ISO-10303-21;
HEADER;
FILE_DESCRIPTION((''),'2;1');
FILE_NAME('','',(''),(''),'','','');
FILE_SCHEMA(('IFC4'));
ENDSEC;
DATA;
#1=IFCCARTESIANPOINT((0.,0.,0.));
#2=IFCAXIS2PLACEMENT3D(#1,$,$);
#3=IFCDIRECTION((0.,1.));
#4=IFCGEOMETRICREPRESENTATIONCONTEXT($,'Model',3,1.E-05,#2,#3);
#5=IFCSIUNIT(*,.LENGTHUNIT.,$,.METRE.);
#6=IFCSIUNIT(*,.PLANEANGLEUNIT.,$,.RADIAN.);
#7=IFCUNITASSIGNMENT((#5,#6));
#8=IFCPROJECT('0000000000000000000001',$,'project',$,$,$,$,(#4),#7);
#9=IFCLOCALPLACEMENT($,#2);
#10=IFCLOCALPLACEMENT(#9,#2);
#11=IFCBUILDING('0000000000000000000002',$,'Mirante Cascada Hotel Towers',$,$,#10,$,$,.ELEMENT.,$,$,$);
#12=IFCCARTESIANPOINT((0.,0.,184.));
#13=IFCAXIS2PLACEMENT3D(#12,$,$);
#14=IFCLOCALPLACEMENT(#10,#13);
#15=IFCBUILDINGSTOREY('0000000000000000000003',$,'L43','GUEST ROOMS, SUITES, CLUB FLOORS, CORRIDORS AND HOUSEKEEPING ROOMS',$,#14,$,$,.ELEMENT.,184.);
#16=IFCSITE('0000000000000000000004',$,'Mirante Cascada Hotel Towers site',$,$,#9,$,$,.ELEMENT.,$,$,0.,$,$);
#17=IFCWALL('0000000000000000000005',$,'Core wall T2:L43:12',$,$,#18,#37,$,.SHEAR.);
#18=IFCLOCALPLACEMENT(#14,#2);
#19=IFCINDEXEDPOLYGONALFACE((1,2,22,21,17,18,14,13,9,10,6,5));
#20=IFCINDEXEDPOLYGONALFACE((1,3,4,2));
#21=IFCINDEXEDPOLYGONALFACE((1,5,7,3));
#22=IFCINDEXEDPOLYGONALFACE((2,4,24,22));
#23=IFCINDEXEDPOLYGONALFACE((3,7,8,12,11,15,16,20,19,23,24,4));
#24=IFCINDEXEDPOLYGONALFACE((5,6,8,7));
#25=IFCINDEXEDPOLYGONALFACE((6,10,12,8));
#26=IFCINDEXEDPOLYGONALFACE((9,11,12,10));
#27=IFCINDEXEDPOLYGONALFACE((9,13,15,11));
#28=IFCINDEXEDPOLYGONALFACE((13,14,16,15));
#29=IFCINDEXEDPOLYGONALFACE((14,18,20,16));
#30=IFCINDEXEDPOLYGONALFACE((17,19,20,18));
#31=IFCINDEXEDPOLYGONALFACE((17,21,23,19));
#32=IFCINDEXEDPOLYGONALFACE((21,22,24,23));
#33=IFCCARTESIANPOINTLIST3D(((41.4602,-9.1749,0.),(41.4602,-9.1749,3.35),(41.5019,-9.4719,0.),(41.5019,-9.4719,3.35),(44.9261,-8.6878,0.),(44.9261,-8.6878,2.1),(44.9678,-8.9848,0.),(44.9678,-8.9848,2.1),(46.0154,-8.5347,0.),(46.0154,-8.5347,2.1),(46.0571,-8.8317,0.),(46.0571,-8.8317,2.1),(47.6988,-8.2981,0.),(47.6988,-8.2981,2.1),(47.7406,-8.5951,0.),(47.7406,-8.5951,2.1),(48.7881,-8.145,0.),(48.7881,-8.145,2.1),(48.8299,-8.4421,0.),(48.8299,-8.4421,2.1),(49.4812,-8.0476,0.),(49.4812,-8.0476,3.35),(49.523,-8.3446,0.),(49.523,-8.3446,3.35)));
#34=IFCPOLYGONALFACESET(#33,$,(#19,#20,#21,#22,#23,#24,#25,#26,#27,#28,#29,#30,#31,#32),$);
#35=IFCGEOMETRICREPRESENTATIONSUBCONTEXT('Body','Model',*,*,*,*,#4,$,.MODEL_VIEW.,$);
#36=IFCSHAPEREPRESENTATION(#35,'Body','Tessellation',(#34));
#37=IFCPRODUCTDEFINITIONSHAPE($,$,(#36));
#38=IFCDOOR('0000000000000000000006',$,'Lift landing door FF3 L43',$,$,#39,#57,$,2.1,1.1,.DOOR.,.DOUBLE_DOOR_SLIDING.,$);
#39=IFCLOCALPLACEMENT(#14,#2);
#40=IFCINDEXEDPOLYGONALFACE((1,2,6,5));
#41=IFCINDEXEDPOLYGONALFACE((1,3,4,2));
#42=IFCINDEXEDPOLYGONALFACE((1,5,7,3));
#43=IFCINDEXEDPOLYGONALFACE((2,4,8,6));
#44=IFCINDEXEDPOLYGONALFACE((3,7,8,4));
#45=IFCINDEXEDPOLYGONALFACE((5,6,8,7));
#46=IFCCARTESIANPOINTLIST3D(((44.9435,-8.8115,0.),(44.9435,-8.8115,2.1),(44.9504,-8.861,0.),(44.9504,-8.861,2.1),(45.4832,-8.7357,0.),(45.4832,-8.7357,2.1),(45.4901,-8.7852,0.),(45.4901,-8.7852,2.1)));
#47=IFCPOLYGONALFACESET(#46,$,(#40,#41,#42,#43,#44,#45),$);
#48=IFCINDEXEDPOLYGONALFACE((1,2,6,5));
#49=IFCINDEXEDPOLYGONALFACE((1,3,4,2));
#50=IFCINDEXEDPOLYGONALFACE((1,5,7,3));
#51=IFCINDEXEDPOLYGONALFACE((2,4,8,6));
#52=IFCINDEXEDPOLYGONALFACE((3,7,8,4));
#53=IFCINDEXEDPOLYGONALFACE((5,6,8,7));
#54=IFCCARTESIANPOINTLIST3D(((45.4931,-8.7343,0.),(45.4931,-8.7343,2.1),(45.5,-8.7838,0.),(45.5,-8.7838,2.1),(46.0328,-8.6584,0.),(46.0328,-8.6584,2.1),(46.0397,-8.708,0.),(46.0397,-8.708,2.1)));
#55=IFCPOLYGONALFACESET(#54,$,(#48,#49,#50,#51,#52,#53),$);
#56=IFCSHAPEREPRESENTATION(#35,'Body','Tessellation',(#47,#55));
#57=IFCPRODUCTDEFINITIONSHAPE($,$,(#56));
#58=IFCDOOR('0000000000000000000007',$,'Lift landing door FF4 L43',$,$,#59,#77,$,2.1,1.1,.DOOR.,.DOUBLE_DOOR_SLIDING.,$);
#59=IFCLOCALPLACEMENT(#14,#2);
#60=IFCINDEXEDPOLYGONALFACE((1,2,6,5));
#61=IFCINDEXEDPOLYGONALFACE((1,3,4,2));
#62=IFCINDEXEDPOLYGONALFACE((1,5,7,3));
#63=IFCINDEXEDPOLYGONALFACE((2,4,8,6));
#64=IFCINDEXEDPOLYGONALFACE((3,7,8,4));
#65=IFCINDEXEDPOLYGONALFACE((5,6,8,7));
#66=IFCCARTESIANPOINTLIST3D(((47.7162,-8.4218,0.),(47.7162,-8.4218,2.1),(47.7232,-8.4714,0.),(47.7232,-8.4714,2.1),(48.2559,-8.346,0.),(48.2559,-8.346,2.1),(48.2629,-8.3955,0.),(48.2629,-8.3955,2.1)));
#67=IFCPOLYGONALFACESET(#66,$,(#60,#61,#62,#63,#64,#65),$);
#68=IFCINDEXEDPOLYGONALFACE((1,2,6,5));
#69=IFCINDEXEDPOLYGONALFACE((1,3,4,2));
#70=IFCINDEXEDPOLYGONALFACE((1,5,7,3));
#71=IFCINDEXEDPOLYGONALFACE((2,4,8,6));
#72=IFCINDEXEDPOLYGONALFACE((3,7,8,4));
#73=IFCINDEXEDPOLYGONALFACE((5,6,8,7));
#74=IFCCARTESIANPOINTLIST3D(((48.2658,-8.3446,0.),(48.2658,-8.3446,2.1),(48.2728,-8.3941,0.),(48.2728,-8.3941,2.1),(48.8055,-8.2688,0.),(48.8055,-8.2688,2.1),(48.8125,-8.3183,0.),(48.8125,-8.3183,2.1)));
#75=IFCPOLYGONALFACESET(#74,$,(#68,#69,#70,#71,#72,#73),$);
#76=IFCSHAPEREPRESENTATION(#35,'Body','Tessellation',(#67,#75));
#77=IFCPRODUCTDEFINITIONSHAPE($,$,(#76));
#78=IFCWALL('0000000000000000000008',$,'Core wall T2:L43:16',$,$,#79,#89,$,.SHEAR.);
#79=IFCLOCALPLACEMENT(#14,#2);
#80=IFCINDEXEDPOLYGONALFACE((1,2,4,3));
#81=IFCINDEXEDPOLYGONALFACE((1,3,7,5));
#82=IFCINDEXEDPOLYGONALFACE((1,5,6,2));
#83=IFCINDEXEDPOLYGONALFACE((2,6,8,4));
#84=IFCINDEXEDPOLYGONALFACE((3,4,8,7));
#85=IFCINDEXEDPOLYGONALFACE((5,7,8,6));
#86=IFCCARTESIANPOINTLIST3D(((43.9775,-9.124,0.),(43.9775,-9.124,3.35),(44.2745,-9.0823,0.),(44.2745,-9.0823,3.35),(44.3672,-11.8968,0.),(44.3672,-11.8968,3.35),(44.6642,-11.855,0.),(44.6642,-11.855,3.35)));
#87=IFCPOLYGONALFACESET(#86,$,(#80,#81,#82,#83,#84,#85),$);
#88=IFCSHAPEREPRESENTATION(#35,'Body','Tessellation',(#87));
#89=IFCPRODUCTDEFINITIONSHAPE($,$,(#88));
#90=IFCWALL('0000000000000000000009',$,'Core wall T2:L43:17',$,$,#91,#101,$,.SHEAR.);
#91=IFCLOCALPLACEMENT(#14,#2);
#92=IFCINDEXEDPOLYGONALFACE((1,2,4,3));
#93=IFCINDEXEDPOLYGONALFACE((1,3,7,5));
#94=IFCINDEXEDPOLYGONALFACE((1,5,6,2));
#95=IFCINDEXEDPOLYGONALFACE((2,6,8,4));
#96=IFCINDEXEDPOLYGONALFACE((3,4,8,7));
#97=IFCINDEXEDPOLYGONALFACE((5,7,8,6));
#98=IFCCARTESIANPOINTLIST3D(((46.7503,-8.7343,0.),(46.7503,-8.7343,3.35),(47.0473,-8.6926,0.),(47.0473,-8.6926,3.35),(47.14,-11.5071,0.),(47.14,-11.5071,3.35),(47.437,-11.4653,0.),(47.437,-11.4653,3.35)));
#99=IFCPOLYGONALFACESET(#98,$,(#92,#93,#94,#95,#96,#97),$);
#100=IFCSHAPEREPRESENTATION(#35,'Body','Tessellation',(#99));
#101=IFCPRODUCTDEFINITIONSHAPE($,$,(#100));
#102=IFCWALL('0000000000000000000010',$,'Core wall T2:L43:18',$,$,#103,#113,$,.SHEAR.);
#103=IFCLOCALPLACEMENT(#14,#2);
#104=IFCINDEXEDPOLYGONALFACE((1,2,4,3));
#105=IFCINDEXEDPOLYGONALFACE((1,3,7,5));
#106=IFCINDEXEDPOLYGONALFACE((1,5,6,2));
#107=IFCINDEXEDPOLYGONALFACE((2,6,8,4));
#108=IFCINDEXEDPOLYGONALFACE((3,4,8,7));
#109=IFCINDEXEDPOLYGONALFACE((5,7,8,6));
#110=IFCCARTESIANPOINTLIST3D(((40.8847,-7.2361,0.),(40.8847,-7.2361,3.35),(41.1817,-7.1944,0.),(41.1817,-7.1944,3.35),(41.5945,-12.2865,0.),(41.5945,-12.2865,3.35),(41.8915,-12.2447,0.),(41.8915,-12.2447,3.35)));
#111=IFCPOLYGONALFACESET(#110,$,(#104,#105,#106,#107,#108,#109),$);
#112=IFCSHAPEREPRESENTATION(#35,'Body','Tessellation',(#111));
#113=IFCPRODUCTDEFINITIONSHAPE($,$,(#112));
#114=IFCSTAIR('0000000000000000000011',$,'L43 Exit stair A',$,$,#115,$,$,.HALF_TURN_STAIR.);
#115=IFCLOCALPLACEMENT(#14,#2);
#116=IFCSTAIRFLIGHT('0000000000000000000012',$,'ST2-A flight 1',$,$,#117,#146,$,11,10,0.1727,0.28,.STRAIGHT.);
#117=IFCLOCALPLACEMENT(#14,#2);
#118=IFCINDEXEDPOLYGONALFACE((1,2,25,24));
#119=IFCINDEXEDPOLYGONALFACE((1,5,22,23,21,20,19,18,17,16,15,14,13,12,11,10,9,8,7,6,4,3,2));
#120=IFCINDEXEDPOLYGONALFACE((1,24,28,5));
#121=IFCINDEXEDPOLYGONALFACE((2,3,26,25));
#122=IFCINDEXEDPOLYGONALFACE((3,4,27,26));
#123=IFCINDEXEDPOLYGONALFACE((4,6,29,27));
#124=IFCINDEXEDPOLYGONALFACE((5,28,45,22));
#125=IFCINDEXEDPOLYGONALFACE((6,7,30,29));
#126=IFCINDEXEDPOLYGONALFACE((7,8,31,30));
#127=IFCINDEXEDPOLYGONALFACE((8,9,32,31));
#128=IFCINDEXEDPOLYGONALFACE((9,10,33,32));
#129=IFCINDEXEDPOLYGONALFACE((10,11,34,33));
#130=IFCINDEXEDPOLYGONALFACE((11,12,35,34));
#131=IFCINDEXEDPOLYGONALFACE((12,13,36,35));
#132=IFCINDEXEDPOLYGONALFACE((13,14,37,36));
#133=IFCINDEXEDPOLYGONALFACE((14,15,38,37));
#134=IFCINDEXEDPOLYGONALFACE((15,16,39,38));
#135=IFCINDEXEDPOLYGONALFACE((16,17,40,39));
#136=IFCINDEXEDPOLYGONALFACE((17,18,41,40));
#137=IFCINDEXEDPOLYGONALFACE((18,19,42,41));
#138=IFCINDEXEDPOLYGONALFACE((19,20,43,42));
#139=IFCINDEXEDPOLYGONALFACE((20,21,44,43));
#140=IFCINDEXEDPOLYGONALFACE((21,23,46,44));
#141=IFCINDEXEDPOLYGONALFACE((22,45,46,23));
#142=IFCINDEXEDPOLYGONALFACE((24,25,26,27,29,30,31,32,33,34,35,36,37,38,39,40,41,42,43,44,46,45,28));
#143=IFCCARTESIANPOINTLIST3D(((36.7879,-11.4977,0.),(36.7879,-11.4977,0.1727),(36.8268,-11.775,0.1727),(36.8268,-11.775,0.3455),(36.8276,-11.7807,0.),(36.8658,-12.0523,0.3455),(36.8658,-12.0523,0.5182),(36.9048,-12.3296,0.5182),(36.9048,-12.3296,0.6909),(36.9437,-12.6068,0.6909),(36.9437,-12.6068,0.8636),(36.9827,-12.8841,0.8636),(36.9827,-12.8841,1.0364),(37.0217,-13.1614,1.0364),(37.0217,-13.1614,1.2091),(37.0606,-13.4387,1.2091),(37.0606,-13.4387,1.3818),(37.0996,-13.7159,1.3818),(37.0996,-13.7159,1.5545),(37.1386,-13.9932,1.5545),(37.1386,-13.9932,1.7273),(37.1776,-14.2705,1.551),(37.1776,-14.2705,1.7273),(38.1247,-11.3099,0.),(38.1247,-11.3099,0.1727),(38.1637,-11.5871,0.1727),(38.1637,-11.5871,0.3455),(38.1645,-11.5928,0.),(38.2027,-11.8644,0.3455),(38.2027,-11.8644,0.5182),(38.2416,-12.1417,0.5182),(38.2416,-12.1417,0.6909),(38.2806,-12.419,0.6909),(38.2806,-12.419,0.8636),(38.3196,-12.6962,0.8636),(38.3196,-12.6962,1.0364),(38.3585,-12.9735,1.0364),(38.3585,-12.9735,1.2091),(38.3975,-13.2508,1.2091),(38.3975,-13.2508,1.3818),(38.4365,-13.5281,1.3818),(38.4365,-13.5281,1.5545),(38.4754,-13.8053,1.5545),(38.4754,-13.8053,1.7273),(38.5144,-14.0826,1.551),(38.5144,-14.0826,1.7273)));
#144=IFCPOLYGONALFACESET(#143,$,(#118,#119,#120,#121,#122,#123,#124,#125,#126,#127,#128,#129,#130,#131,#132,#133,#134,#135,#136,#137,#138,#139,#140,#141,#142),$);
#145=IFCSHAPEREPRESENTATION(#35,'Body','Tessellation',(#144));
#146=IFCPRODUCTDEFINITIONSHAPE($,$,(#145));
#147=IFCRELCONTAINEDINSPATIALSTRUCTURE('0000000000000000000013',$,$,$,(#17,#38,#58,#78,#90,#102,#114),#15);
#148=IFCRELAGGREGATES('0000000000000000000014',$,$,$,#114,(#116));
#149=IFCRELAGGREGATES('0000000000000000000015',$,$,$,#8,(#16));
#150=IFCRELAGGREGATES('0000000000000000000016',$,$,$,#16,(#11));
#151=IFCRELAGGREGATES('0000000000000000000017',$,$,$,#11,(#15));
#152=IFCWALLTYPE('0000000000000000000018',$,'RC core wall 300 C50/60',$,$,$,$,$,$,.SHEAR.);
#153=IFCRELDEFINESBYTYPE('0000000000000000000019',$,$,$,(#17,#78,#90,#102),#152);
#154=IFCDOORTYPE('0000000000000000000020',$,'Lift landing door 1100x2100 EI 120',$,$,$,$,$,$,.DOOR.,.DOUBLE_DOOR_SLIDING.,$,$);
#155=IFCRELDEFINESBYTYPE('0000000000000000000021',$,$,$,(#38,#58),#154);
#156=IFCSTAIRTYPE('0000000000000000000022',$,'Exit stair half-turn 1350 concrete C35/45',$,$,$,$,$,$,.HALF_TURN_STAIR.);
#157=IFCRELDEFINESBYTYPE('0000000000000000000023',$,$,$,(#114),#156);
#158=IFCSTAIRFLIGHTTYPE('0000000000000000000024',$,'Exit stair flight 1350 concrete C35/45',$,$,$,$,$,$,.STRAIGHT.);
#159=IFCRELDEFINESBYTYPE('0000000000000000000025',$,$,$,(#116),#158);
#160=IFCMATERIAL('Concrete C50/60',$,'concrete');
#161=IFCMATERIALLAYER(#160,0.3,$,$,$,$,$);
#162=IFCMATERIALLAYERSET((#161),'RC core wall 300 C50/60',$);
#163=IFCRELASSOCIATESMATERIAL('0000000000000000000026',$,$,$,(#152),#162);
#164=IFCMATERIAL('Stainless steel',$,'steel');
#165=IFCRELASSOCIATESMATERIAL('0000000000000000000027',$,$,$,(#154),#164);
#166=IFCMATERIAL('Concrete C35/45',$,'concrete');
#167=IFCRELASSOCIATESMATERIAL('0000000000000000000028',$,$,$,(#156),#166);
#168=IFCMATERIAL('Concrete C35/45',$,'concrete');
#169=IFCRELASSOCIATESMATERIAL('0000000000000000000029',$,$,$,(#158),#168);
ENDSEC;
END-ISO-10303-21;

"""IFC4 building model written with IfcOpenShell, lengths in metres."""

from ifc_helpers import new_model, si_unit, direction, frame, frame_2d, origin, place, context, subcontext, project, spatial, polyline, rectangle, outline, extrude, material, layer, layer_set, type_object, element, fill, aggregate, save


model = new_model("IFC4")

# Units and contexts
model_context = context("Model", 3, precision=1e-05, world=origin(), true_north=direction((0.0, 1.0)))
body_context = subcontext(model_context, "Body", "Model", "MODEL_VIEW")
ifc_project = project(units=[si_unit("LENGTHUNIT", "METRE"), si_unit("PLANEANGLEUNIT", "RADIAN")], contexts=[model_context])

# Site, building, storey
site_placement = place(None, origin())
site = spatial("IfcSite", under=ifc_project, at=site_placement, Name="Mirante Cascada Hotel Towers site", CompositionType="ELEMENT", RefElevation=0.0)
building_placement = place(site_placement, origin())
building = spatial("IfcBuilding", under=site, at=building_placement, Name="Mirante Cascada Hotel Towers", CompositionType="ELEMENT")
storey_placement = place(building_placement, frame((0.0, 0.0, 184.0)))
storey = spatial("IfcBuildingStorey", under=building, at=storey_placement, Name="L43", Description="GUEST ROOMS, SUITES, CLUB FLOORS, CORRIDORS AND HOUSEKEEPING ROOMS", CompositionType="ELEMENT", Elevation=184.0)

# Shared definitions
ifc_material_1 = material(Name="Concrete C50/60", Category="concrete")
ifc_layer_1 = layer(ifc_material_1, 0.3)
ifc_layer_set_1 = layer_set([ifc_layer_1], Name="RC core wall 300 C50/60")
wall_type_1 = type_object("IfcWallType", Name="RC core wall 300 C50/60", PredefinedType="SHEAR", material=ifc_layer_set_1)

# Wall, openings, doors
wall_1_placement = place(storey_placement, frame((41.481, -9.3234, 0.0), z_axis=(0.0, 0.0, 1.0), x_axis=(0.990268, 0.139174, 0.0)))
wall_1 = element("IfcWall", 1, at=wall_1_placement, inside=storey, type_object=wall_type_1, Name="Core wall T2:L43:12", PredefinedType="SHEAR", context=body_context, shape_type="SweptSolid", body=[
    extrude(rectangle(XDim=8.0999, YDim=0.3, at=frame_2d((4.05, 0.0))), origin(), (0.0, 0.0, 1.0), 3.35),
])
opening_1_placement = place(wall_1_placement, frame((3.5, 0.0, 0.0)))
opening_1 = element("IfcOpeningElement", 2, at=opening_1_placement, cuts=wall_1, PredefinedType="OPENING", context=body_context, shape_type="SweptSolid", body=[
    extrude(rectangle(XDim=1.1, YDim=2.1, at=frame_2d((0.55, 1.05))), frame((0.0, 0.15, 0.0), z_axis=(0.0, -1.0, 0.0), x_axis=(1.0, 0.0, 0.0)), (0.0, 0.0, 1.0), 0.3),
])
opening_2_placement = place(wall_1_placement, frame((6.3, 0.0, 0.0)))
opening_2 = element("IfcOpeningElement", 3, at=opening_2_placement, cuts=wall_1, PredefinedType="OPENING", context=body_context, shape_type="SweptSolid", body=[
    extrude(rectangle(XDim=1.1, YDim=2.1, at=frame_2d((0.55, 1.05))), frame((0.0, 0.15, 0.0), z_axis=(0.0, -1.0, 0.0), x_axis=(1.0, 0.0, 0.0)), (0.0, 0.0, 1.0), 0.3),
])
ifc_material_2 = material(Name="Stainless steel", Category="steel")
door_type_1 = type_object("IfcDoorType", Name="Lift landing door 1100x2100 EI 120", OperationType="DOUBLE_DOOR_SLIDING", PredefinedType="DOOR", material=ifc_material_2)
door_1_placement = place(opening_1_placement, origin())
door_1 = element("IfcDoor", 4, at=door_1_placement, inside=storey, type_object=door_type_1, Name="Lift landing door FF3 L43", OperationType="DOUBLE_DOOR_SLIDING", OverallHeight=2.1, OverallWidth=1.1, PredefinedType="DOOR", context=body_context, shape_type="SweptSolid", body=[
    extrude(rectangle(XDim=0.545, YDim=2.1, at=frame_2d((0.2725, 1.05))), frame((0.0, 0.025, 0.0), z_axis=(0.0, -1.0, 0.0), x_axis=(1.0, 0.0, 0.0)), (0.0, 0.0, 1.0), 0.05),
    extrude(rectangle(XDim=0.545, YDim=2.1, at=frame_2d((0.8275, 1.05))), frame((0.0, 0.025, 0.0), z_axis=(0.0, -1.0, 0.0), x_axis=(1.0, 0.0, 0.0)), (0.0, 0.0, 1.0), 0.05),
])
fill(opening_1, door_1)
door_2_placement = place(opening_2_placement, origin())
door_2 = element("IfcDoor", 5, at=door_2_placement, inside=storey, type_object=door_type_1, Name="Lift landing door FF4 L43", OperationType="DOUBLE_DOOR_SLIDING", OverallHeight=2.1, OverallWidth=1.1, PredefinedType="DOOR", context=body_context, shape_type="SweptSolid", body=[
    extrude(rectangle(XDim=0.545, YDim=2.1, at=frame_2d((0.2725, 1.05))), frame((0.0, 0.025, 0.0), z_axis=(0.0, -1.0, 0.0), x_axis=(1.0, 0.0, 0.0)), (0.0, 0.0, 1.0), 0.05),
    extrude(rectangle(XDim=0.545, YDim=2.1, at=frame_2d((0.8275, 1.05))), frame((0.0, 0.025, 0.0), z_axis=(0.0, -1.0, 0.0), x_axis=(1.0, 0.0, 0.0)), (0.0, 0.0, 1.0), 0.05),
])
fill(opening_2, door_2)

# Walls
for number, where, z_axis, x_axis, name in (
    (6, (44.5157, -11.8759, 0.0), (0.0, 0.0, 1.0), (-0.139181, 0.990267, 0.0), "Core wall T2:L43:16"),
    (7, (47.2885, -11.4862, 0.0), (0.0, 0.0, 1.0), (-0.139181, 0.990267, 0.0), "Core wall T2:L43:17"),
):
    element("IfcWall", number, at=place(storey_placement, frame(where, z_axis=z_axis, x_axis=x_axis)), inside=storey, type_object=wall_type_1, Name=name, PredefinedType="SHEAR", context=body_context, shape_type="SweptSolid", body=[
        extrude(rectangle(XDim=2.8, YDim=0.3, at=frame_2d((1.4, 0.0))), origin(), (0.0, 0.0, 1.0), 3.35),
    ])
wall_2_placement = place(storey_placement, frame((41.743, -12.2656, 0.0), z_axis=(0.0, 0.0, 1.0), x_axis=(-0.139176, 0.990268, 0.0)))
element("IfcWall", 8, at=wall_2_placement, inside=storey, type_object=wall_type_1, Name="Core wall T2:L43:18", PredefinedType="SHEAR", context=body_context, shape_type="SweptSolid", body=[
    extrude(rectangle(XDim=5.1, YDim=0.3, at=frame_2d((2.55, 0.0))), origin(), (0.0, 0.0, 1.0), 3.35),
])

# Stair, stair flight
ifc_material_3 = material(Name="Concrete C35/45", Category="concrete")
stair_type = type_object("IfcStairType", Name="Exit stair half-turn 1350 concrete C35/45", PredefinedType="HALF_TURN_STAIR", material=ifc_material_3)
stair_placement = place(storey_placement, origin())
stair = element("IfcStair", 9, at=stair_placement, inside=storey, type_object=stair_type, Name="L43 Exit stair A", PredefinedType="HALF_TURN_STAIR")
ifc_material_4 = material(Name="Concrete C35/45", Category="concrete")
stair_flight_type = type_object("IfcStairFlightType", Name="Exit stair flight 1350 concrete C35/45", PredefinedType="STRAIGHT", material=ifc_material_4)
stair_flight_placement = place(storey_placement, frame((37.4563, -11.4038, 0.0), z_axis=(0.0, 0.0, 1.0), x_axis=(0.139173, -0.990268, 0.0)))
stair_flight = element("IfcStairFlight", 10, at=stair_flight_placement, type_object=stair_flight_type, Name="ST2-A flight 1", NumberOfRisers=11, NumberOfTreads=10, PredefinedType="STRAIGHT", RiserHeight=0.1727, TreadLength=0.28, context=body_context, shape_type="SweptSolid", body=[
    extrude(outline(polyline([(0.0, 0.0), (0.0, 0.1727), (0.28, 0.1727), (0.28, 0.3455), (0.56, 0.3455), (0.56, 0.5182), (0.84, 0.5182), (0.84, 0.6909), (1.12, 0.6909), (1.12, 0.8636), (1.4, 0.8636), (1.4, 1.0364), (1.68, 1.0364), (1.68, 1.2091), (1.96, 1.2091), (1.96, 1.3818), (2.24, 1.3818), (2.24, 1.5545), (2.52, 1.5545), (2.52, 1.7273), (2.8, 1.7273), (2.8, 1.9), (2.8, 1.551), (0.2857, 0.0), (0.0, 0.0)])), frame((0.0, 0.675, 0.0), z_axis=(0.0, -1.0, 0.0), x_axis=(1.0, 0.0, 0.0)), (0.0, 0.0, 1.0), 1.35),
])
aggregate(stair, [stair_flight])

save(model, "model.ifc")
